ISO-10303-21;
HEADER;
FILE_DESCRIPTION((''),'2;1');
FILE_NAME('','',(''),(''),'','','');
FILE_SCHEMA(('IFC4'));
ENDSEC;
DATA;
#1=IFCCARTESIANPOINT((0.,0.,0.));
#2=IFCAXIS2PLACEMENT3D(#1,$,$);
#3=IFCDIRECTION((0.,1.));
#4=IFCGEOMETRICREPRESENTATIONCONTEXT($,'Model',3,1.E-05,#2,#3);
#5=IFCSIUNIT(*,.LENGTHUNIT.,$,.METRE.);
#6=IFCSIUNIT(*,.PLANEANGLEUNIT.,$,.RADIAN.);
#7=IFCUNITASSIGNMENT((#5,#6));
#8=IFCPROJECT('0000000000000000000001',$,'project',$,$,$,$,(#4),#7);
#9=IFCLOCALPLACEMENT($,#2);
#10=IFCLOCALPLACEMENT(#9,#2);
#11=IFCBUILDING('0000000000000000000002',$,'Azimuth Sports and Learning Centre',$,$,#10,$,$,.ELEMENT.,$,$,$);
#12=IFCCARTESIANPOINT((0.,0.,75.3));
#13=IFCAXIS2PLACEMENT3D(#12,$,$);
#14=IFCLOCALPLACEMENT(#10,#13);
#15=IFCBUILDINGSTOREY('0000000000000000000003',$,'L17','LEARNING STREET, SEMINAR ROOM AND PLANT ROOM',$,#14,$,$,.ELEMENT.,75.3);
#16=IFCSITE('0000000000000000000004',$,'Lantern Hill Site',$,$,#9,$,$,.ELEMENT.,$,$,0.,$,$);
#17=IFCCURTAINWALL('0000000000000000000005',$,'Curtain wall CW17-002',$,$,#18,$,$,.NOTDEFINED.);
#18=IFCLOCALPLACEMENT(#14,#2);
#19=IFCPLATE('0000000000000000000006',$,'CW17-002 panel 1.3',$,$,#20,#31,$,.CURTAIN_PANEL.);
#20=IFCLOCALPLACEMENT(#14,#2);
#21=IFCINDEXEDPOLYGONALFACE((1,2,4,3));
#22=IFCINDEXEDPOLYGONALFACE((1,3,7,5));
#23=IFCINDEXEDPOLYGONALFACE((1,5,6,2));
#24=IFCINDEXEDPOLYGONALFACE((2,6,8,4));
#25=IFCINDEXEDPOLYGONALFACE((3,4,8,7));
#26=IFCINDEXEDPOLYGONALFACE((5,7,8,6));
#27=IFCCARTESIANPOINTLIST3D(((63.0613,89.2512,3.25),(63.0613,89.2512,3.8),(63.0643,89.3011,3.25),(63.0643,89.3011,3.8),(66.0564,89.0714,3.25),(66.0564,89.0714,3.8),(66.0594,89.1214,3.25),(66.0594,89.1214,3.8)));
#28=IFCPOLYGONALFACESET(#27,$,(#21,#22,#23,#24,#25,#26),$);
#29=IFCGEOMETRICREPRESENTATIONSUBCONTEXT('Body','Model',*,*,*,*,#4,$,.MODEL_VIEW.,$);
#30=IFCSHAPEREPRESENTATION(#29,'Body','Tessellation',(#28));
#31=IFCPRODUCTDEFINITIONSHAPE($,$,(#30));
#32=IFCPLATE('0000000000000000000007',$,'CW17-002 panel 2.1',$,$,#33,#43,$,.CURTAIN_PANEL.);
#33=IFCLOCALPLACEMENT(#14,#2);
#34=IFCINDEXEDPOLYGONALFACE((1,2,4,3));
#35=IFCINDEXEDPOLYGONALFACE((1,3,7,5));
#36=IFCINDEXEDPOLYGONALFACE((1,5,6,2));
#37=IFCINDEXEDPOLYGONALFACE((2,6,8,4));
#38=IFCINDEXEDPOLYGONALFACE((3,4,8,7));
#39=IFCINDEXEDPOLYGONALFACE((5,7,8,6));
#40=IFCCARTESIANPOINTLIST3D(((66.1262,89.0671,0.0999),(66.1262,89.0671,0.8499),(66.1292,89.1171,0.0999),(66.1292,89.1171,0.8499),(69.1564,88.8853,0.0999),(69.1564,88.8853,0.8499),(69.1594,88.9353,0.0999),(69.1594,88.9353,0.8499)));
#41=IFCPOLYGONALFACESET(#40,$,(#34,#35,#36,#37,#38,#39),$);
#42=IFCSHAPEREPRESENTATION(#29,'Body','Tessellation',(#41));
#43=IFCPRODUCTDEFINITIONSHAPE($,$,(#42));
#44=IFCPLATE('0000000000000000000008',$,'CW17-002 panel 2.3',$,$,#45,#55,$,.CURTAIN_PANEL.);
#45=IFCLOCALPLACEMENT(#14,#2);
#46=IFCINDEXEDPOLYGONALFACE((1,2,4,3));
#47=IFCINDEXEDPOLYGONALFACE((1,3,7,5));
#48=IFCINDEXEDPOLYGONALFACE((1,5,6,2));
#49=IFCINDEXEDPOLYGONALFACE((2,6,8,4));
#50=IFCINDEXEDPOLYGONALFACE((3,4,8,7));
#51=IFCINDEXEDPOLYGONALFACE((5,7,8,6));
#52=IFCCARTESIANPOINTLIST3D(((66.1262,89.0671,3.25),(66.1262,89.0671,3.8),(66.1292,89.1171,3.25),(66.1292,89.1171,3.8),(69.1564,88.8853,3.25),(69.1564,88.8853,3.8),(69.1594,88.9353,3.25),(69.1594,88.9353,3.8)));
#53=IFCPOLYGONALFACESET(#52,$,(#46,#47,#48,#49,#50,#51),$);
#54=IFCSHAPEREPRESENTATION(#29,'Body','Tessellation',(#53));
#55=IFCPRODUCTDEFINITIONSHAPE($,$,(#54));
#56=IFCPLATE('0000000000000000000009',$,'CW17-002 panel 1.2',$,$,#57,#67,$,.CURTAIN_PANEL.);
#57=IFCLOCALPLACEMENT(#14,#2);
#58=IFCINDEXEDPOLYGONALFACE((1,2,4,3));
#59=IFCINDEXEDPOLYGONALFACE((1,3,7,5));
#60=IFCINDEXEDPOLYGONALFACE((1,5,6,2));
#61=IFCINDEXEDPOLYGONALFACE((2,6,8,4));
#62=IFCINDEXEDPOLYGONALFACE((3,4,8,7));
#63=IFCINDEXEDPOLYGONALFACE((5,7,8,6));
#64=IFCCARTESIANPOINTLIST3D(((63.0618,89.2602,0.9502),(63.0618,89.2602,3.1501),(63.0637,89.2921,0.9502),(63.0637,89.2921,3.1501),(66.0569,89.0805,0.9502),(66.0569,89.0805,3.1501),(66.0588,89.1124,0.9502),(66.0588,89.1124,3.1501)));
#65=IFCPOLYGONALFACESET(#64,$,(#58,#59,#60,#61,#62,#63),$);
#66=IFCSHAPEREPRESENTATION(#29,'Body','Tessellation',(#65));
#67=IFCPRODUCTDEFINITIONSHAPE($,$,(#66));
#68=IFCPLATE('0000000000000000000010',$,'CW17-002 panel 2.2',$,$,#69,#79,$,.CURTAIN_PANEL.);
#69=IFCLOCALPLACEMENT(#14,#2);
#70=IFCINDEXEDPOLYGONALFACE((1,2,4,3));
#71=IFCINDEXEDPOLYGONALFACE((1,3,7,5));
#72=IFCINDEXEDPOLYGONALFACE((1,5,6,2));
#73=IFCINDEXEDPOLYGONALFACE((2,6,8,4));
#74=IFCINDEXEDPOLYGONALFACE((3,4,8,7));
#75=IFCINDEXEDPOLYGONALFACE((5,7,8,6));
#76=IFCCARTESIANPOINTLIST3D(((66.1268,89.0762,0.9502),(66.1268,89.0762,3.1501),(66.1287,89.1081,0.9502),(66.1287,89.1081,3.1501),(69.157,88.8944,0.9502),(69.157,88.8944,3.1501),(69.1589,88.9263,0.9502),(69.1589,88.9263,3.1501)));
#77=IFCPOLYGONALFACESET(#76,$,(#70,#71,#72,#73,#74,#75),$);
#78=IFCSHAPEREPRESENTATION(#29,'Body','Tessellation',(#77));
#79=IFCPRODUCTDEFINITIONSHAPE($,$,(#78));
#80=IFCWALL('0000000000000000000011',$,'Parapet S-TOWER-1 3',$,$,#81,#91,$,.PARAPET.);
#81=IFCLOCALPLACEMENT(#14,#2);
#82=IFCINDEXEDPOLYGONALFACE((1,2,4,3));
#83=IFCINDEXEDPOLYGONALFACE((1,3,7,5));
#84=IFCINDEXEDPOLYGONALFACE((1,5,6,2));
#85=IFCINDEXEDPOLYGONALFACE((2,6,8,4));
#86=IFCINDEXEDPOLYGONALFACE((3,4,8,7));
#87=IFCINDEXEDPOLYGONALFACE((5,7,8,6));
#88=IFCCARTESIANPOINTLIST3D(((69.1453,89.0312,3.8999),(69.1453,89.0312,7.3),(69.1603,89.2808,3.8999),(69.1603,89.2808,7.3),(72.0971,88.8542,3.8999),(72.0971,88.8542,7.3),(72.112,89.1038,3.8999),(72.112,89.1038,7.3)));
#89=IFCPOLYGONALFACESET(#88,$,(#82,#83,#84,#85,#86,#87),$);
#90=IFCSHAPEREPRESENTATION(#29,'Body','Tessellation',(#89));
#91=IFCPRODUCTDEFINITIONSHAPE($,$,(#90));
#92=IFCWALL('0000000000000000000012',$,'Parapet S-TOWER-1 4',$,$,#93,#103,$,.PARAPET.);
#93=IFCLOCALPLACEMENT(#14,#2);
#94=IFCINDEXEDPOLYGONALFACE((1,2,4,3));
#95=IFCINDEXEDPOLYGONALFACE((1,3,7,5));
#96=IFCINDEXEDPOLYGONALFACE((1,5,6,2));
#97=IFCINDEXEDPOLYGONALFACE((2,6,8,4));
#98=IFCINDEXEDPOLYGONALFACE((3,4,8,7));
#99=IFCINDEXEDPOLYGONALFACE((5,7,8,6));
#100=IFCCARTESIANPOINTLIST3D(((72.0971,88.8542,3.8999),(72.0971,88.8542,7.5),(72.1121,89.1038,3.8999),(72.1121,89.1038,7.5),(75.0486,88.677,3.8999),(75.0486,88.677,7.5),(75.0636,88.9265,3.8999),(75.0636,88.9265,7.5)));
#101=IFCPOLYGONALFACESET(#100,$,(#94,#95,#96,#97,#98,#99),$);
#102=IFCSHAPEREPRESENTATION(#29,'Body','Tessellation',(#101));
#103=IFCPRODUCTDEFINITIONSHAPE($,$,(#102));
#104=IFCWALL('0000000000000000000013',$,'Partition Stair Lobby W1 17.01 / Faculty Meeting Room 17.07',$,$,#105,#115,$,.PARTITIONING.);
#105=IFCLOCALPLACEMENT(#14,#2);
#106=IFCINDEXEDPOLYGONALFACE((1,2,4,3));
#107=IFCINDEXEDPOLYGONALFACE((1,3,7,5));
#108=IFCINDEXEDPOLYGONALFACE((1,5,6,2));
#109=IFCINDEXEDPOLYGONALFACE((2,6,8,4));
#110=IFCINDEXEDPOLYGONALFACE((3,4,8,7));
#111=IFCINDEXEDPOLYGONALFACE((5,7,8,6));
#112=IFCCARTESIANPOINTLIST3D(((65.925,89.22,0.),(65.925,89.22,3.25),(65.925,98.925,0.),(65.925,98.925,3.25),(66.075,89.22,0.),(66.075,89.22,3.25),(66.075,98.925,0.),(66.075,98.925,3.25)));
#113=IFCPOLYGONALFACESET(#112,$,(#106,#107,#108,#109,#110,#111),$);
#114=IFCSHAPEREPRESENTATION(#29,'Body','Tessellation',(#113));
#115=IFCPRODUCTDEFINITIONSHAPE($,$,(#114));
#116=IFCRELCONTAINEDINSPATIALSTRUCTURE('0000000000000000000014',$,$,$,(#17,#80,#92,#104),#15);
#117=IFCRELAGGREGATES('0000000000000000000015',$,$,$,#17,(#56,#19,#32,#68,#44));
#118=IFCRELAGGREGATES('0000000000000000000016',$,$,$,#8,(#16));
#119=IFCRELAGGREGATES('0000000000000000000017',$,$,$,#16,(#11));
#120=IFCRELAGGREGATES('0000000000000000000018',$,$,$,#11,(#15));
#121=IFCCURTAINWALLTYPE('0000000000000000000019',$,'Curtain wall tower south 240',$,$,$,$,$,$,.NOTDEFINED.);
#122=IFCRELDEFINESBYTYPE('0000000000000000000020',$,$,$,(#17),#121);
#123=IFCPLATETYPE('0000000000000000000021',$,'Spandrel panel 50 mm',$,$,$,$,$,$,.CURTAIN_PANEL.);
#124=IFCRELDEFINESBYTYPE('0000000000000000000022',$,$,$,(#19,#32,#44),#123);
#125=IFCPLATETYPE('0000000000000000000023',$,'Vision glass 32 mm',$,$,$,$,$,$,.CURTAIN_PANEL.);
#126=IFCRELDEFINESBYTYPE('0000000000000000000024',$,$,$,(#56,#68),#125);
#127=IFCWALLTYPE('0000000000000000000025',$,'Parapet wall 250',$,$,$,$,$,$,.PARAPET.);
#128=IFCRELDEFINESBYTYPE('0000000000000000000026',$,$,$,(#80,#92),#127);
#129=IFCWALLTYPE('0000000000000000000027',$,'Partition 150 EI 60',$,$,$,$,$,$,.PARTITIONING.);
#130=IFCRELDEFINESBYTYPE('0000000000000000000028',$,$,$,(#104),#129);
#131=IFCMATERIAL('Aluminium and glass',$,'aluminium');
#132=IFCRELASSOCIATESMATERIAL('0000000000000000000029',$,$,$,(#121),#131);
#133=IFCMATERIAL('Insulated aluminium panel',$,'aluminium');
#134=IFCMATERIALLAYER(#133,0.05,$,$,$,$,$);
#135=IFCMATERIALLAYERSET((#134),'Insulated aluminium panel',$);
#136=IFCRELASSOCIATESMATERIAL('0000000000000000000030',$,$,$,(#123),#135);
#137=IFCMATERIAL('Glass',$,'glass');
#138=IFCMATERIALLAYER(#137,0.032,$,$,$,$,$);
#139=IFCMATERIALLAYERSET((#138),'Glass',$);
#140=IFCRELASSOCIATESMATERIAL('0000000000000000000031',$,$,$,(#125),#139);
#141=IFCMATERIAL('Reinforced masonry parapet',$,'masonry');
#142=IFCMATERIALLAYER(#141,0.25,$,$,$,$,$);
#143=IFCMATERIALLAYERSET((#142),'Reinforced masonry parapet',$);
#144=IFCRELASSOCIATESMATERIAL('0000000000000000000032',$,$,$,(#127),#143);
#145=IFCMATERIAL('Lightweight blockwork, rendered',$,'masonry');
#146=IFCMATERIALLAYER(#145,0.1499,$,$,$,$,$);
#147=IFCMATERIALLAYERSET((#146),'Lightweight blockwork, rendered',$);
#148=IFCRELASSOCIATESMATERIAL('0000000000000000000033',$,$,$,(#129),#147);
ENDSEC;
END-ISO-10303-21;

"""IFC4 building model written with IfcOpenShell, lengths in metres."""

from ifc_helpers import new_model, si_unit, direction, frame, frame_2d, origin, origin_2d, place, context, subcontext, project, spatial, rectangle, extrude, material, layer, layer_set, type_object, element, aggregate, save


model = new_model("IFC4")

# Units and contexts
model_context = context("Model", 3, precision=1e-05, world=origin(), true_north=direction((0.0, 1.0)))
body_context = subcontext(model_context, "Body", "Model", "MODEL_VIEW")
ifc_project = project(units=[si_unit("LENGTHUNIT", "METRE"), si_unit("PLANEANGLEUNIT", "RADIAN")], contexts=[model_context])

# Site, building, storey
site_placement = place(None, origin())
site = spatial("IfcSite", under=ifc_project, at=site_placement, Name="Lantern Hill Site", CompositionType="ELEMENT", RefElevation=0.0)
building_placement = place(site_placement, origin())
building = spatial("IfcBuilding", under=site, at=building_placement, Name="Azimuth Sports and Learning Centre", CompositionType="ELEMENT")
storey_placement = place(building_placement, frame((0.0, 0.0, 75.3)))
storey = spatial("IfcBuildingStorey", under=building, at=storey_placement, Name="L17", Description="LEARNING STREET, SEMINAR ROOM AND PLANT ROOM", CompositionType="ELEMENT", Elevation=75.3)

# Curtain wall
ifc_material_1 = material(Name="Aluminium and glass", Category="aluminium")
curtain_wall_type_1 = type_object("IfcCurtainWallType", Name="Curtain wall tower south 240", PredefinedType="NOTDEFINED", material=ifc_material_1)
curtain_wall_1_placement = place(storey_placement, origin())
curtain_wall_1 = element("IfcCurtainWall", 1, at=curtain_wall_1_placement, inside=storey, type_object=curtain_wall_type_1, Name="Curtain wall CW17-002", PredefinedType="NOTDEFINED")

# Plates
ifc_material_2 = material(Name="Insulated aluminium panel", Category="aluminium")
ifc_layer_1 = layer(ifc_material_2, 0.05)
ifc_layer_set_1 = layer_set([ifc_layer_1], Name="Insulated aluminium panel")
plate_type_1 = type_object("IfcPlateType", Name="Spandrel panel 50 mm", PredefinedType="CURTAIN_PANEL", material=ifc_layer_set_1)
plate_1_placement = place(storey_placement, frame((64.5603, 89.1863, 3.25), z_axis=(0.0, 0.0, 1.0), x_axis=(0.998205, -0.059892, 0.0)))
plate_1 = element("IfcPlate", 2, at=plate_1_placement, type_object=plate_type_1, Name="CW17-002 panel 1.3", PredefinedType="CURTAIN_PANEL", context=body_context, shape_type="SweptSolid", body=[
    extrude(rectangle(XDim=3.0005, YDim=0.05, at=origin_2d()), origin(), (0.0, 0.0, 1.0), 0.55),
])
plate_2_placement = place(storey_placement, frame((67.6428, 89.0012, 0.0999), z_axis=(0.0, 0.0, 1.0), x_axis=(0.998205, -0.059892, 0.0)))
plate_2 = element("IfcPlate", 3, at=plate_2_placement, type_object=plate_type_1, Name="CW17-002 panel 2.1", PredefinedType="CURTAIN_PANEL", context=body_context, shape_type="SweptSolid", body=[
    extrude(rectangle(XDim=3.0356, YDim=0.05, at=origin_2d()), origin(), (0.0, 0.0, 1.0), 0.75),
])
plate_3_placement = place(storey_placement, frame((67.6428, 89.0012, 3.25), z_axis=(0.0, 0.0, 1.0), x_axis=(0.998205, -0.059892, 0.0)))
plate_3 = element("IfcPlate", 4, at=plate_3_placement, type_object=plate_type_1, Name="CW17-002 panel 2.3", PredefinedType="CURTAIN_PANEL", context=body_context, shape_type="SweptSolid", body=[
    extrude(rectangle(XDim=3.0356, YDim=0.05, at=origin_2d()), origin(), (0.0, 0.0, 1.0), 0.55),
])
ifc_material_3 = material(Name="Glass", Category="glass")
ifc_layer_2 = layer(ifc_material_3, 0.032)
ifc_layer_set_2 = layer_set([ifc_layer_2], Name="Glass")
plate_type_2 = type_object("IfcPlateType", Name="Vision glass 32 mm", PredefinedType="CURTAIN_PANEL", material=ifc_layer_set_2)
plate_4_placement = place(storey_placement, frame((64.5603, 89.1863, 0.9502), z_axis=(0.0, 0.0, 1.0), x_axis=(0.998205, -0.059892, 0.0)))
plate_4 = element("IfcPlate", 5, at=plate_4_placement, type_object=plate_type_2, Name="CW17-002 panel 1.2", PredefinedType="CURTAIN_PANEL", context=body_context, shape_type="SweptSolid", body=[
    extrude(rectangle(XDim=3.0005, YDim=0.032, at=origin_2d()), origin(), (0.0, 0.0, 1.0), 2.2),
])
plate_5_placement = place(storey_placement, frame((67.6428, 89.0012, 0.9502), z_axis=(0.0, 0.0, 1.0), x_axis=(0.998205, -0.059892, 0.0)))
plate_5 = element("IfcPlate", 6, at=plate_5_placement, type_object=plate_type_2, Name="CW17-002 panel 2.2", PredefinedType="CURTAIN_PANEL", context=body_context, shape_type="SweptSolid", body=[
    extrude(rectangle(XDim=3.0356, YDim=0.032, at=origin_2d()), origin(), (0.0, 0.0, 1.0), 2.2),
])
aggregate(curtain_wall_1, [plate_4, plate_1, plate_2, plate_5, plate_3])

# Walls
ifc_material_4 = material(Name="Reinforced masonry parapet", Category="masonry")
ifc_layer_3 = layer(ifc_material_4, 0.25)
ifc_layer_set_3 = layer_set([ifc_layer_3], Name="Reinforced masonry parapet")
wall_type_1 = type_object("IfcWallType", Name="Parapet wall 250", PredefinedType="PARAPET", material=ifc_layer_set_3)
wall_1_placement = place(storey_placement, frame((69.1528, 89.156, 3.8999), z_axis=(0.0, 0.0, 1.0), x_axis=(0.998207, -0.059859, 0.0)))
element("IfcWall", 7, at=wall_1_placement, inside=storey, type_object=wall_type_1, Name="Parapet S-TOWER-1 3", PredefinedType="PARAPET", context=body_context, shape_type="SweptSolid", body=[
    extrude(rectangle(XDim=2.957, YDim=0.25, at=frame_2d((1.4785, 0.0))), origin(), (0.0, 0.0, 1.0), 3.4001),
])
wall_2_placement = place(storey_placement, frame((72.1045, 88.979, 3.8999), z_axis=(0.0, 0.0, 1.0), x_axis=(0.998202, -0.059947, 0.0)))
element("IfcWall", 8, at=wall_2_placement, inside=storey, type_object=wall_type_1, Name="Parapet S-TOWER-1 4", PredefinedType="PARAPET", context=body_context, shape_type="SweptSolid", body=[
    extrude(rectangle(XDim=2.9568, YDim=0.25, at=frame_2d((1.4785, 0.0))), origin(), (0.0, 0.0, 1.0), 3.6001),
])
ifc_material_5 = material(Name="Lightweight blockwork, rendered", Category="masonry")
ifc_layer_4 = layer(ifc_material_5, 0.1499)
ifc_layer_set_4 = layer_set([ifc_layer_4], Name="Lightweight blockwork, rendered")
wall_type_2 = type_object("IfcWallType", Name="Partition 150 EI 60", PredefinedType="PARTITIONING", material=ifc_layer_set_4)
wall_3_placement = place(storey_placement, frame((66.0, 89.22, 0.0), z_axis=(0.0, 0.0, 1.0), x_axis=(0.0, 1.0, 0.0)))
element("IfcWall", 9, at=wall_3_placement, inside=storey, type_object=wall_type_2, Name="Partition Stair Lobby W1 17.01 / Faculty Meeting Room 17.07", PredefinedType="PARTITIONING", context=body_context, shape_type="SweptSolid", body=[
    extrude(rectangle(XDim=9.7051, YDim=0.1499, at=frame_2d((4.8525, 0.0))), origin(), (0.0, 0.0, 1.0), 3.25),
])

save(model, "model.ifc")
